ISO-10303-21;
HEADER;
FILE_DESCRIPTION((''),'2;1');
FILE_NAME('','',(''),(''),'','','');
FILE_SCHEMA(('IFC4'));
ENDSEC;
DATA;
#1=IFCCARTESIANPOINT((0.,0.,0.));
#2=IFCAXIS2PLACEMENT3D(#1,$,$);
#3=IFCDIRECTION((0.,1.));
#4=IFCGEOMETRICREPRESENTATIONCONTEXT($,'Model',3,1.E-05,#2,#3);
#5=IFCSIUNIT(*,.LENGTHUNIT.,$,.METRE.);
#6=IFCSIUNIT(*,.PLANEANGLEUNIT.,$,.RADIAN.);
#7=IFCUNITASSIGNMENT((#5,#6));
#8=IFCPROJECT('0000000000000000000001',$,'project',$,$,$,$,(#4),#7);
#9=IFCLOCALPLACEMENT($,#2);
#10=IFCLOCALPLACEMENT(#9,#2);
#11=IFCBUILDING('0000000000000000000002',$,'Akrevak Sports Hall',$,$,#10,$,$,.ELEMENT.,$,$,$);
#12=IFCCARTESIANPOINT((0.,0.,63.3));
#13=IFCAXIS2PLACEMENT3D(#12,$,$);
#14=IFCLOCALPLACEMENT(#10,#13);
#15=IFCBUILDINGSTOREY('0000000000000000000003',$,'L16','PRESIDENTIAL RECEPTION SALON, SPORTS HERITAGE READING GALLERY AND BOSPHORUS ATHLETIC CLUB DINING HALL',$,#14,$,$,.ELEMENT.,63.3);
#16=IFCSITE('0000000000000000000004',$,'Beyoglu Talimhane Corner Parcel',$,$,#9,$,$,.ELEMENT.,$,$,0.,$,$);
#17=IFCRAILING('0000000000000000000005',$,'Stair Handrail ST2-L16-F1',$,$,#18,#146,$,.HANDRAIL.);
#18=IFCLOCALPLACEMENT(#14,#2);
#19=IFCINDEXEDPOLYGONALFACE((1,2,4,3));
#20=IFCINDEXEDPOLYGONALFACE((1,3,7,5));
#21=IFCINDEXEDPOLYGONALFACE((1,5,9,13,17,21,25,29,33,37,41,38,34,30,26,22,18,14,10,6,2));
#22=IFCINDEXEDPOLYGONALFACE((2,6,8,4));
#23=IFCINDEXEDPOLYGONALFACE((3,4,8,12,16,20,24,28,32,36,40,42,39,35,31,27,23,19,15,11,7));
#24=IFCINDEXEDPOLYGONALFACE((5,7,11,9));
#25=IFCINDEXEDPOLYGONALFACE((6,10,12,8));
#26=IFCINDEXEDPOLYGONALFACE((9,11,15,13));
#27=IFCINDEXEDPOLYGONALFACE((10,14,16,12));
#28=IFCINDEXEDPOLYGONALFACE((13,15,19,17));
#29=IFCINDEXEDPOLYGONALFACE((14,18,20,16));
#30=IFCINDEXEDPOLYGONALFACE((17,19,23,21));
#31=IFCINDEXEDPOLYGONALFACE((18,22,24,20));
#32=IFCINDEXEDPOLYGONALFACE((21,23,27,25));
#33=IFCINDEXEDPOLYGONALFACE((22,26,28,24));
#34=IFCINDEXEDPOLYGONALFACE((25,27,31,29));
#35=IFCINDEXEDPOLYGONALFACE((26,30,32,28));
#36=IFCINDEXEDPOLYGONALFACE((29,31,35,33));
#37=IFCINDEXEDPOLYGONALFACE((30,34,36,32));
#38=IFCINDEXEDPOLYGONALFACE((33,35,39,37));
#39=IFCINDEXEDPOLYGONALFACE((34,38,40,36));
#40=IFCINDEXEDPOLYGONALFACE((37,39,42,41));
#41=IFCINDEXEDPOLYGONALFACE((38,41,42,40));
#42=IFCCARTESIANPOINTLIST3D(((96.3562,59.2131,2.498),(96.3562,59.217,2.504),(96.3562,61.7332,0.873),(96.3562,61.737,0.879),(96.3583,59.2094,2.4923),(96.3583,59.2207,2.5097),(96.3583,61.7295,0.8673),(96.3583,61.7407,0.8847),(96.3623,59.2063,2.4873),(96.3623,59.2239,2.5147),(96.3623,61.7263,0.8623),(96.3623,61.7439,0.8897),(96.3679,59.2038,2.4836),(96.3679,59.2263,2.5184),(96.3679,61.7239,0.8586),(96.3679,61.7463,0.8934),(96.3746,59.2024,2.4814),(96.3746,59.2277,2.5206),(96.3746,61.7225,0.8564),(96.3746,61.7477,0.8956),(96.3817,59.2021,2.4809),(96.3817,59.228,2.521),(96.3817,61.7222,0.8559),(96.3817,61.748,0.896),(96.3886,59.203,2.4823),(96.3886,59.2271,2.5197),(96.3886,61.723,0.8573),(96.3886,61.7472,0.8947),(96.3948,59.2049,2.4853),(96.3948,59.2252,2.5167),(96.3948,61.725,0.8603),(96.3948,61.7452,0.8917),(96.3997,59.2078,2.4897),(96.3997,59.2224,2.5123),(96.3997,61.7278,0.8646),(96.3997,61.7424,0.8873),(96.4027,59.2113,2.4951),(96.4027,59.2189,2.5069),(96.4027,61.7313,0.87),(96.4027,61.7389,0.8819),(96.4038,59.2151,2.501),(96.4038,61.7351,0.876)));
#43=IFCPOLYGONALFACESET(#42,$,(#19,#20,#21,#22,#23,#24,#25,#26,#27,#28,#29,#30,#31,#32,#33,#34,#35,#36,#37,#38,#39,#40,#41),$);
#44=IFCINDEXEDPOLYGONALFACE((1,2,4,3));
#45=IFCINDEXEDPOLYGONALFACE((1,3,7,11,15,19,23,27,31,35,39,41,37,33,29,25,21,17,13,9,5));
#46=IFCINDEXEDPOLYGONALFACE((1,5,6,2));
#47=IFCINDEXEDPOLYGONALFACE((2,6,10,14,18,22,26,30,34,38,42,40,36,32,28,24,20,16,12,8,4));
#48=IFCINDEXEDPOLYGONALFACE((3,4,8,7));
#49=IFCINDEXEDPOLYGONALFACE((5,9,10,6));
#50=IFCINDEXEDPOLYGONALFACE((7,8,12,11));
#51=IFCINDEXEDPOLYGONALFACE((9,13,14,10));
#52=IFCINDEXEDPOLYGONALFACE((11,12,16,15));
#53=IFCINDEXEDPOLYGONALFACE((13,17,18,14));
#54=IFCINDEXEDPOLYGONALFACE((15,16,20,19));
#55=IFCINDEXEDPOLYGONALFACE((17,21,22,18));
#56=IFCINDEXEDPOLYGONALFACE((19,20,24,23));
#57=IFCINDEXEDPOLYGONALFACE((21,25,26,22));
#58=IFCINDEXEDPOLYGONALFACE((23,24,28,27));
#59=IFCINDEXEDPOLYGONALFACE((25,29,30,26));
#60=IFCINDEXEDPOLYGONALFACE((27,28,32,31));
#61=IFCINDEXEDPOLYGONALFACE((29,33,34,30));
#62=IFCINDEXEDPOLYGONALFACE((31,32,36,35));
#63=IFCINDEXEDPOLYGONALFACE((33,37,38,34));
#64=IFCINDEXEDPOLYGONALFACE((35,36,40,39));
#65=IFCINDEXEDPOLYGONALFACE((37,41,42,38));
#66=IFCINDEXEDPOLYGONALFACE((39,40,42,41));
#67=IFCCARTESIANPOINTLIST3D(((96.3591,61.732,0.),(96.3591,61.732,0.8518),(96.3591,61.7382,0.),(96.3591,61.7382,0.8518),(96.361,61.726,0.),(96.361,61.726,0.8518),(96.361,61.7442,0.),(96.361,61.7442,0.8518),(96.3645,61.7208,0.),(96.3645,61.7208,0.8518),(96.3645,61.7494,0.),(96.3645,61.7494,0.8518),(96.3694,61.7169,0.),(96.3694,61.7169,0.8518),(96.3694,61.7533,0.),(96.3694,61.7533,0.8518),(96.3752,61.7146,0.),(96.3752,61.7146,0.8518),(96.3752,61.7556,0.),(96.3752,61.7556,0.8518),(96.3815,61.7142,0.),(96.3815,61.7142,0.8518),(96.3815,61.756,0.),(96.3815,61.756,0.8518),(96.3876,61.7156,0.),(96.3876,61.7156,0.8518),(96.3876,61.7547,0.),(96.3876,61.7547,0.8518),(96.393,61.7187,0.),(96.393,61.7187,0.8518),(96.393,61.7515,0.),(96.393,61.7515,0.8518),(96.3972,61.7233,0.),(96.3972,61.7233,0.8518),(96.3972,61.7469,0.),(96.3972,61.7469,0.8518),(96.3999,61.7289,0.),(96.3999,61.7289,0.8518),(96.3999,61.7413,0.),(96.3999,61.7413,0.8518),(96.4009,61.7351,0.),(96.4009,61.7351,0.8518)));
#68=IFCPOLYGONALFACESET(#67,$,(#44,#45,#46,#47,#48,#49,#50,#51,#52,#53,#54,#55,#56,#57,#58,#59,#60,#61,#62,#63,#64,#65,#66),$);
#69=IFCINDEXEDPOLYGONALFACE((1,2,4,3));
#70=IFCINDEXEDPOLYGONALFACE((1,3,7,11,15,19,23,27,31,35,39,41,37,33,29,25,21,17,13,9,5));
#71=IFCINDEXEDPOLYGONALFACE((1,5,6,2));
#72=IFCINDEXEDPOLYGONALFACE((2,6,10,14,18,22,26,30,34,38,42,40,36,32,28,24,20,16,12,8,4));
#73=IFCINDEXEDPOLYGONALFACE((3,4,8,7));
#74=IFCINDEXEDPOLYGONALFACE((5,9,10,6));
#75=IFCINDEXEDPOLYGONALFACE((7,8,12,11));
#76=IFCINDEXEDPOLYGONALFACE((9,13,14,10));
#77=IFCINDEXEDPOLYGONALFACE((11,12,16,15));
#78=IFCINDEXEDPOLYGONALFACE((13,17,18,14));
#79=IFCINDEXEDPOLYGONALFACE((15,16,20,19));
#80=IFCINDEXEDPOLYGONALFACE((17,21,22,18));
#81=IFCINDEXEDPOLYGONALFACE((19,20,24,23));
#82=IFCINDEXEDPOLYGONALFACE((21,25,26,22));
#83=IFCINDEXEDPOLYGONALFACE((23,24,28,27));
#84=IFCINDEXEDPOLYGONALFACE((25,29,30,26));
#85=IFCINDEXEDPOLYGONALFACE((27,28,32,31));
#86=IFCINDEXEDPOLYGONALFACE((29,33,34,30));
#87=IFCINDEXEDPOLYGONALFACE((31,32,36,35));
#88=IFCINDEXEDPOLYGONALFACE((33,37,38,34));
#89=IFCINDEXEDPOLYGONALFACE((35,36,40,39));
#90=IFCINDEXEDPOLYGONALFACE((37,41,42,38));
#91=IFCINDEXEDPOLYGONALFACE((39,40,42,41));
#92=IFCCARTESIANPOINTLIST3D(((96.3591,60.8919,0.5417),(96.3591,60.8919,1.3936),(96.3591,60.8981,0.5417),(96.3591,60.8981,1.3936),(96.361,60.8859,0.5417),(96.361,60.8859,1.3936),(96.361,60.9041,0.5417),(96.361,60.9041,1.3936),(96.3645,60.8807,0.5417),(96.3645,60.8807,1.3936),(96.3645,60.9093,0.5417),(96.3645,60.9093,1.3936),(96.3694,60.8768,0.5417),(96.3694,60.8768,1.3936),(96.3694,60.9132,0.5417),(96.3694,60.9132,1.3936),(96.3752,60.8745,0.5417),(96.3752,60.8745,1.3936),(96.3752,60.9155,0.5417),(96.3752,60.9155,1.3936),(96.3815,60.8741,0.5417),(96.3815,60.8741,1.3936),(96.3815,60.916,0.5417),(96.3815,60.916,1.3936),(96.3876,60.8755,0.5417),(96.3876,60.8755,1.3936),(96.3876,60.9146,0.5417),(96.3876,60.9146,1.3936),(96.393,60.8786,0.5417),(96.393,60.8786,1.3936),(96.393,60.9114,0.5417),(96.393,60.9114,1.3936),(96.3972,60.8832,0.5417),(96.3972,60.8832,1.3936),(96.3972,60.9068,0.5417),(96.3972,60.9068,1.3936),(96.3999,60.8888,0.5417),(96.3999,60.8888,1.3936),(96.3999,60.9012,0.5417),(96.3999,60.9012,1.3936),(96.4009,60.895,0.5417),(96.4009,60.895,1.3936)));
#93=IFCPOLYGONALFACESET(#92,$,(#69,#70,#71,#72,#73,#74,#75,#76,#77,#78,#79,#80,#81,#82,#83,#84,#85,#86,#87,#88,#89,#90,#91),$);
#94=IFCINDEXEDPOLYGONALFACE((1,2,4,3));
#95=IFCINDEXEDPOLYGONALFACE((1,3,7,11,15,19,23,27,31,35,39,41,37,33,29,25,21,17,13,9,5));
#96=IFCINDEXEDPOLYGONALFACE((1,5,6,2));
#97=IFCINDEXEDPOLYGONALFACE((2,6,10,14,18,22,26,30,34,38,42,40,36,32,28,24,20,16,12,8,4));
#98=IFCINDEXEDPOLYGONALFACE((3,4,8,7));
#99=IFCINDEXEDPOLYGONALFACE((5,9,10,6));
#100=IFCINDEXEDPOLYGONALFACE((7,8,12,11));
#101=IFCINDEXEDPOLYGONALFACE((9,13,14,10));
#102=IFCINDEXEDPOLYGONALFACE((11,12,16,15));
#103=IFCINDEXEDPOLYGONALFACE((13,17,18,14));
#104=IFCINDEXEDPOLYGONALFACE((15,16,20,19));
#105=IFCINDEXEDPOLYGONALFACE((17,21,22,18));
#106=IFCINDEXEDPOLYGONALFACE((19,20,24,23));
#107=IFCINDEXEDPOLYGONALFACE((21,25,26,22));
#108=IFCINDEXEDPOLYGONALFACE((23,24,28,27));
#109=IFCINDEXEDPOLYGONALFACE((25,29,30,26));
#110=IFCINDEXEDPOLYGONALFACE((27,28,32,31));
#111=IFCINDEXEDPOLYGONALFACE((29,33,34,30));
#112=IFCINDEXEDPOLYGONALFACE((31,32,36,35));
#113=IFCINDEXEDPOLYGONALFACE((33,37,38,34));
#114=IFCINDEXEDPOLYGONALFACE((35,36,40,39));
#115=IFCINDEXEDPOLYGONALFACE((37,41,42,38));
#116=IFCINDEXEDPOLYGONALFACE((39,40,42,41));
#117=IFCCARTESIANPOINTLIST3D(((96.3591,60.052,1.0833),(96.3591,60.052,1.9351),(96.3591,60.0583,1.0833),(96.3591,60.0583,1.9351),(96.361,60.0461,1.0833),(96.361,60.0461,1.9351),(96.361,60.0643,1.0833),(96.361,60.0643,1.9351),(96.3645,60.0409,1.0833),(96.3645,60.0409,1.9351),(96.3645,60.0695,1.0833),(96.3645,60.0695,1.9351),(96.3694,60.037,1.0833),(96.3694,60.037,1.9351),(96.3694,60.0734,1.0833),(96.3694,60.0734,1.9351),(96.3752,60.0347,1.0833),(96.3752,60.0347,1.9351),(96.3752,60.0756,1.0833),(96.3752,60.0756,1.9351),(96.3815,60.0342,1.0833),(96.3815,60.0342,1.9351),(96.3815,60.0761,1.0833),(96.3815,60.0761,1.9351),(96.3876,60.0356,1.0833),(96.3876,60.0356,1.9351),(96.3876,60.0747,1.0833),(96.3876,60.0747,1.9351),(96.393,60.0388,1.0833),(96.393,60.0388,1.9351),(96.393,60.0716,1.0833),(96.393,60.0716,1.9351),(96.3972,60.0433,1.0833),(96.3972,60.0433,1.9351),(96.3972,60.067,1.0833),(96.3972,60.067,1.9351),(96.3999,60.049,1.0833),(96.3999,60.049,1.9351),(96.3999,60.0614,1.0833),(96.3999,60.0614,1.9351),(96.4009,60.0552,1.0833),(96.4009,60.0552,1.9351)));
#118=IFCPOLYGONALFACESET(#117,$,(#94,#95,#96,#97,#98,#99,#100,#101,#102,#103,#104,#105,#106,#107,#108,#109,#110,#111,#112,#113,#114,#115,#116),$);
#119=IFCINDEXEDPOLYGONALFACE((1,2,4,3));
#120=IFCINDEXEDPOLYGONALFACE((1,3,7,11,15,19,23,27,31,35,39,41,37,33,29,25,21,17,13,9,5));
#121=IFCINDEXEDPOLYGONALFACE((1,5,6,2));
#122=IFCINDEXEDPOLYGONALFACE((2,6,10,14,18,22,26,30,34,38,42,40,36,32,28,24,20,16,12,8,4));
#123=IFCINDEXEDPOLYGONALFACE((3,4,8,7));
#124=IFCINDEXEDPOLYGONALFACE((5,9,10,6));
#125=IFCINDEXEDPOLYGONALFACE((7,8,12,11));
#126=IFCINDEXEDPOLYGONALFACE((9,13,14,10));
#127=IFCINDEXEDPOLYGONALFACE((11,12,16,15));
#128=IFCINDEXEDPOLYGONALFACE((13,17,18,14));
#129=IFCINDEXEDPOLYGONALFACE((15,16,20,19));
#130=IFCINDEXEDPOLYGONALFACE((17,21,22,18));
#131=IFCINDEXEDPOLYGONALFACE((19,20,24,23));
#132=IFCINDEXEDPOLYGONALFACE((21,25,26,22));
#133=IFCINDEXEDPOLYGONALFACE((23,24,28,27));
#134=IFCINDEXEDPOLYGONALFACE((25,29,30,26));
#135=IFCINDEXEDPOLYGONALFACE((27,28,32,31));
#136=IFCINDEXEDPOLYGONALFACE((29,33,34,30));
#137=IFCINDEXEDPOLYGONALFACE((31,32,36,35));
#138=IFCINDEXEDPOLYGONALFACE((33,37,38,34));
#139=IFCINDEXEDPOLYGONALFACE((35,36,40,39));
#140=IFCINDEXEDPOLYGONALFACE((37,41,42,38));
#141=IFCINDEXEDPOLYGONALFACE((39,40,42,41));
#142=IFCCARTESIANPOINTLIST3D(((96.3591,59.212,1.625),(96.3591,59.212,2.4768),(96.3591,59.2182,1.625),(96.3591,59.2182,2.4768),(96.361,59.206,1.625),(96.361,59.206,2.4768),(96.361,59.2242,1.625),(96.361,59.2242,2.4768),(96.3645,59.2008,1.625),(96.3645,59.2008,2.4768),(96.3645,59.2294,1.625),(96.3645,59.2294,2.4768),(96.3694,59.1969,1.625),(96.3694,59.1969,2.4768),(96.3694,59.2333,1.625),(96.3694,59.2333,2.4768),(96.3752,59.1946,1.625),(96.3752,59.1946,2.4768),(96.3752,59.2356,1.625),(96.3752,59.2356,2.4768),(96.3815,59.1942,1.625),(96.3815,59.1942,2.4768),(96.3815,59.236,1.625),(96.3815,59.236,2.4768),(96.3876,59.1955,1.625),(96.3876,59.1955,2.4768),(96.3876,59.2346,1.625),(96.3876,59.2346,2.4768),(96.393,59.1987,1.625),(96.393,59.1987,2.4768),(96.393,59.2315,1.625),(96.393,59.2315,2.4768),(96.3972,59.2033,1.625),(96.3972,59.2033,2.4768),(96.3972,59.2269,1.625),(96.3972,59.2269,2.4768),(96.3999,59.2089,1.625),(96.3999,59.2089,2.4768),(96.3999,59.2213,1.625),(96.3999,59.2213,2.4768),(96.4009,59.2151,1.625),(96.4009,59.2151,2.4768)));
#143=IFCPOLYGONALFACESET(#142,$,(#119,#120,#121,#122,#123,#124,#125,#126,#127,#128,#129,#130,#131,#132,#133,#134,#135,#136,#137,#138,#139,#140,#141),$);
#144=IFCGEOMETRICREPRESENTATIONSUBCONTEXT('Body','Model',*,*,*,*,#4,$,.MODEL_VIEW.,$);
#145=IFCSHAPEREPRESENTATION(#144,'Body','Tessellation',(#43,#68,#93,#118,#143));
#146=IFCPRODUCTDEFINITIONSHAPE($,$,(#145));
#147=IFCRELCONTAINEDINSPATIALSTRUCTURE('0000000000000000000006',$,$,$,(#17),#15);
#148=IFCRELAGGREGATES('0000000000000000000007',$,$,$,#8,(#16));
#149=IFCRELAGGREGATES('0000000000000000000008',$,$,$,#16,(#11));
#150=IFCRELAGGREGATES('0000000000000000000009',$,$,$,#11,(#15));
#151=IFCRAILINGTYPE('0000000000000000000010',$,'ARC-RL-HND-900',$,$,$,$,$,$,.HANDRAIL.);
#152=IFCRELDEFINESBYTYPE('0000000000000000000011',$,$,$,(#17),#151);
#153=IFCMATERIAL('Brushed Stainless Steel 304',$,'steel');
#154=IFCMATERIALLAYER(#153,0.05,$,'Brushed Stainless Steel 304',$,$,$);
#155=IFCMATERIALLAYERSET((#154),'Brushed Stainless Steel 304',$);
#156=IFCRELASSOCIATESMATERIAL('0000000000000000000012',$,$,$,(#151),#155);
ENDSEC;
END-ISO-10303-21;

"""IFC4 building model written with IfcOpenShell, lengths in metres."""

from ifc_helpers import new_model, si_unit, direction, frame, origin, origin_2d, place, context, subcontext, project, spatial, circle, extrude, material, layer, layer_set, type_object, element, save


model = new_model("IFC4")

# Units and contexts
model_context = context("Model", 3, precision=1e-05, world=origin(), true_north=direction((0.0, 1.0)))
body_context = subcontext(model_context, "Body", "Model", "MODEL_VIEW")
ifc_project = project(units=[si_unit("LENGTHUNIT", "METRE"), si_unit("PLANEANGLEUNIT", "RADIAN")], contexts=[model_context])

# Site, building, storey
site_placement = place(None, origin())
site = spatial("IfcSite", under=ifc_project, at=site_placement, Name="Beyoglu Talimhane Corner Parcel", CompositionType="ELEMENT", RefElevation=0.0)
building_placement = place(site_placement, origin())
building = spatial("IfcBuilding", under=site, at=building_placement, Name="Akrevak Sports Hall", CompositionType="ELEMENT")
storey_placement = place(building_placement, frame((0.0, 0.0, 63.3)))
storey = spatial("IfcBuildingStorey", under=building, at=storey_placement, Name="L16", Description="PRESIDENTIAL RECEPTION SALON, SPORTS HERITAGE READING GALLERY AND BOSPHORUS ATHLETIC CLUB DINING HALL", CompositionType="ELEMENT", Elevation=63.3)

# Shared definitions
ifc_material_1 = material(Name="Brushed Stainless Steel 304", Category="steel")

# Railing
ifc_layer_1 = layer(ifc_material_1, 0.05, Name="Brushed Stainless Steel 304")
ifc_layer_set_1 = layer_set([ifc_layer_1], Name="Brushed Stainless Steel 304")
railing_type_1 = type_object("IfcRailingType", Name="ARC-RL-HND-900", PredefinedType="HANDRAIL", material=ifc_layer_set_1)
railing_1_placement = place(storey_placement, frame((96.3799, 61.7351, 0.0)))
element("IfcRailing", 1, at=railing_1_placement, inside=storey, type_object=railing_type_1, Name="Stair Handrail ST2-L16-F1", PredefinedType="HANDRAIL", context=body_context, shape_type="SweptSolid", body=[
    extrude(circle(Radius=0.0239, at=origin_2d()), frame((0.0, 0.0, 0.876), z_axis=(0.0, -0.840421, 0.541934), x_axis=(1.0, 0.0, 0.0)), (0.0, 0.0, 1.0), 2.9985),
    extrude(circle(Radius=0.021, at=origin_2d()), origin(), (0.0, 0.0, 1.0), 0.8518),
    extrude(circle(Radius=0.021, at=origin_2d()), frame((0.0, -0.8401, 0.5417)), (0.0, 0.0, 1.0), 0.8518),
    extrude(circle(Radius=0.021, at=origin_2d()), frame((0.0, -1.6799, 1.0833)), (0.0, 0.0, 1.0), 0.8518),
    extrude(circle(Radius=0.021, at=origin_2d()), frame((0.0, -2.52, 1.625)), (0.0, 0.0, 1.0), 0.8518),
])

save(model, "model.ifc")
